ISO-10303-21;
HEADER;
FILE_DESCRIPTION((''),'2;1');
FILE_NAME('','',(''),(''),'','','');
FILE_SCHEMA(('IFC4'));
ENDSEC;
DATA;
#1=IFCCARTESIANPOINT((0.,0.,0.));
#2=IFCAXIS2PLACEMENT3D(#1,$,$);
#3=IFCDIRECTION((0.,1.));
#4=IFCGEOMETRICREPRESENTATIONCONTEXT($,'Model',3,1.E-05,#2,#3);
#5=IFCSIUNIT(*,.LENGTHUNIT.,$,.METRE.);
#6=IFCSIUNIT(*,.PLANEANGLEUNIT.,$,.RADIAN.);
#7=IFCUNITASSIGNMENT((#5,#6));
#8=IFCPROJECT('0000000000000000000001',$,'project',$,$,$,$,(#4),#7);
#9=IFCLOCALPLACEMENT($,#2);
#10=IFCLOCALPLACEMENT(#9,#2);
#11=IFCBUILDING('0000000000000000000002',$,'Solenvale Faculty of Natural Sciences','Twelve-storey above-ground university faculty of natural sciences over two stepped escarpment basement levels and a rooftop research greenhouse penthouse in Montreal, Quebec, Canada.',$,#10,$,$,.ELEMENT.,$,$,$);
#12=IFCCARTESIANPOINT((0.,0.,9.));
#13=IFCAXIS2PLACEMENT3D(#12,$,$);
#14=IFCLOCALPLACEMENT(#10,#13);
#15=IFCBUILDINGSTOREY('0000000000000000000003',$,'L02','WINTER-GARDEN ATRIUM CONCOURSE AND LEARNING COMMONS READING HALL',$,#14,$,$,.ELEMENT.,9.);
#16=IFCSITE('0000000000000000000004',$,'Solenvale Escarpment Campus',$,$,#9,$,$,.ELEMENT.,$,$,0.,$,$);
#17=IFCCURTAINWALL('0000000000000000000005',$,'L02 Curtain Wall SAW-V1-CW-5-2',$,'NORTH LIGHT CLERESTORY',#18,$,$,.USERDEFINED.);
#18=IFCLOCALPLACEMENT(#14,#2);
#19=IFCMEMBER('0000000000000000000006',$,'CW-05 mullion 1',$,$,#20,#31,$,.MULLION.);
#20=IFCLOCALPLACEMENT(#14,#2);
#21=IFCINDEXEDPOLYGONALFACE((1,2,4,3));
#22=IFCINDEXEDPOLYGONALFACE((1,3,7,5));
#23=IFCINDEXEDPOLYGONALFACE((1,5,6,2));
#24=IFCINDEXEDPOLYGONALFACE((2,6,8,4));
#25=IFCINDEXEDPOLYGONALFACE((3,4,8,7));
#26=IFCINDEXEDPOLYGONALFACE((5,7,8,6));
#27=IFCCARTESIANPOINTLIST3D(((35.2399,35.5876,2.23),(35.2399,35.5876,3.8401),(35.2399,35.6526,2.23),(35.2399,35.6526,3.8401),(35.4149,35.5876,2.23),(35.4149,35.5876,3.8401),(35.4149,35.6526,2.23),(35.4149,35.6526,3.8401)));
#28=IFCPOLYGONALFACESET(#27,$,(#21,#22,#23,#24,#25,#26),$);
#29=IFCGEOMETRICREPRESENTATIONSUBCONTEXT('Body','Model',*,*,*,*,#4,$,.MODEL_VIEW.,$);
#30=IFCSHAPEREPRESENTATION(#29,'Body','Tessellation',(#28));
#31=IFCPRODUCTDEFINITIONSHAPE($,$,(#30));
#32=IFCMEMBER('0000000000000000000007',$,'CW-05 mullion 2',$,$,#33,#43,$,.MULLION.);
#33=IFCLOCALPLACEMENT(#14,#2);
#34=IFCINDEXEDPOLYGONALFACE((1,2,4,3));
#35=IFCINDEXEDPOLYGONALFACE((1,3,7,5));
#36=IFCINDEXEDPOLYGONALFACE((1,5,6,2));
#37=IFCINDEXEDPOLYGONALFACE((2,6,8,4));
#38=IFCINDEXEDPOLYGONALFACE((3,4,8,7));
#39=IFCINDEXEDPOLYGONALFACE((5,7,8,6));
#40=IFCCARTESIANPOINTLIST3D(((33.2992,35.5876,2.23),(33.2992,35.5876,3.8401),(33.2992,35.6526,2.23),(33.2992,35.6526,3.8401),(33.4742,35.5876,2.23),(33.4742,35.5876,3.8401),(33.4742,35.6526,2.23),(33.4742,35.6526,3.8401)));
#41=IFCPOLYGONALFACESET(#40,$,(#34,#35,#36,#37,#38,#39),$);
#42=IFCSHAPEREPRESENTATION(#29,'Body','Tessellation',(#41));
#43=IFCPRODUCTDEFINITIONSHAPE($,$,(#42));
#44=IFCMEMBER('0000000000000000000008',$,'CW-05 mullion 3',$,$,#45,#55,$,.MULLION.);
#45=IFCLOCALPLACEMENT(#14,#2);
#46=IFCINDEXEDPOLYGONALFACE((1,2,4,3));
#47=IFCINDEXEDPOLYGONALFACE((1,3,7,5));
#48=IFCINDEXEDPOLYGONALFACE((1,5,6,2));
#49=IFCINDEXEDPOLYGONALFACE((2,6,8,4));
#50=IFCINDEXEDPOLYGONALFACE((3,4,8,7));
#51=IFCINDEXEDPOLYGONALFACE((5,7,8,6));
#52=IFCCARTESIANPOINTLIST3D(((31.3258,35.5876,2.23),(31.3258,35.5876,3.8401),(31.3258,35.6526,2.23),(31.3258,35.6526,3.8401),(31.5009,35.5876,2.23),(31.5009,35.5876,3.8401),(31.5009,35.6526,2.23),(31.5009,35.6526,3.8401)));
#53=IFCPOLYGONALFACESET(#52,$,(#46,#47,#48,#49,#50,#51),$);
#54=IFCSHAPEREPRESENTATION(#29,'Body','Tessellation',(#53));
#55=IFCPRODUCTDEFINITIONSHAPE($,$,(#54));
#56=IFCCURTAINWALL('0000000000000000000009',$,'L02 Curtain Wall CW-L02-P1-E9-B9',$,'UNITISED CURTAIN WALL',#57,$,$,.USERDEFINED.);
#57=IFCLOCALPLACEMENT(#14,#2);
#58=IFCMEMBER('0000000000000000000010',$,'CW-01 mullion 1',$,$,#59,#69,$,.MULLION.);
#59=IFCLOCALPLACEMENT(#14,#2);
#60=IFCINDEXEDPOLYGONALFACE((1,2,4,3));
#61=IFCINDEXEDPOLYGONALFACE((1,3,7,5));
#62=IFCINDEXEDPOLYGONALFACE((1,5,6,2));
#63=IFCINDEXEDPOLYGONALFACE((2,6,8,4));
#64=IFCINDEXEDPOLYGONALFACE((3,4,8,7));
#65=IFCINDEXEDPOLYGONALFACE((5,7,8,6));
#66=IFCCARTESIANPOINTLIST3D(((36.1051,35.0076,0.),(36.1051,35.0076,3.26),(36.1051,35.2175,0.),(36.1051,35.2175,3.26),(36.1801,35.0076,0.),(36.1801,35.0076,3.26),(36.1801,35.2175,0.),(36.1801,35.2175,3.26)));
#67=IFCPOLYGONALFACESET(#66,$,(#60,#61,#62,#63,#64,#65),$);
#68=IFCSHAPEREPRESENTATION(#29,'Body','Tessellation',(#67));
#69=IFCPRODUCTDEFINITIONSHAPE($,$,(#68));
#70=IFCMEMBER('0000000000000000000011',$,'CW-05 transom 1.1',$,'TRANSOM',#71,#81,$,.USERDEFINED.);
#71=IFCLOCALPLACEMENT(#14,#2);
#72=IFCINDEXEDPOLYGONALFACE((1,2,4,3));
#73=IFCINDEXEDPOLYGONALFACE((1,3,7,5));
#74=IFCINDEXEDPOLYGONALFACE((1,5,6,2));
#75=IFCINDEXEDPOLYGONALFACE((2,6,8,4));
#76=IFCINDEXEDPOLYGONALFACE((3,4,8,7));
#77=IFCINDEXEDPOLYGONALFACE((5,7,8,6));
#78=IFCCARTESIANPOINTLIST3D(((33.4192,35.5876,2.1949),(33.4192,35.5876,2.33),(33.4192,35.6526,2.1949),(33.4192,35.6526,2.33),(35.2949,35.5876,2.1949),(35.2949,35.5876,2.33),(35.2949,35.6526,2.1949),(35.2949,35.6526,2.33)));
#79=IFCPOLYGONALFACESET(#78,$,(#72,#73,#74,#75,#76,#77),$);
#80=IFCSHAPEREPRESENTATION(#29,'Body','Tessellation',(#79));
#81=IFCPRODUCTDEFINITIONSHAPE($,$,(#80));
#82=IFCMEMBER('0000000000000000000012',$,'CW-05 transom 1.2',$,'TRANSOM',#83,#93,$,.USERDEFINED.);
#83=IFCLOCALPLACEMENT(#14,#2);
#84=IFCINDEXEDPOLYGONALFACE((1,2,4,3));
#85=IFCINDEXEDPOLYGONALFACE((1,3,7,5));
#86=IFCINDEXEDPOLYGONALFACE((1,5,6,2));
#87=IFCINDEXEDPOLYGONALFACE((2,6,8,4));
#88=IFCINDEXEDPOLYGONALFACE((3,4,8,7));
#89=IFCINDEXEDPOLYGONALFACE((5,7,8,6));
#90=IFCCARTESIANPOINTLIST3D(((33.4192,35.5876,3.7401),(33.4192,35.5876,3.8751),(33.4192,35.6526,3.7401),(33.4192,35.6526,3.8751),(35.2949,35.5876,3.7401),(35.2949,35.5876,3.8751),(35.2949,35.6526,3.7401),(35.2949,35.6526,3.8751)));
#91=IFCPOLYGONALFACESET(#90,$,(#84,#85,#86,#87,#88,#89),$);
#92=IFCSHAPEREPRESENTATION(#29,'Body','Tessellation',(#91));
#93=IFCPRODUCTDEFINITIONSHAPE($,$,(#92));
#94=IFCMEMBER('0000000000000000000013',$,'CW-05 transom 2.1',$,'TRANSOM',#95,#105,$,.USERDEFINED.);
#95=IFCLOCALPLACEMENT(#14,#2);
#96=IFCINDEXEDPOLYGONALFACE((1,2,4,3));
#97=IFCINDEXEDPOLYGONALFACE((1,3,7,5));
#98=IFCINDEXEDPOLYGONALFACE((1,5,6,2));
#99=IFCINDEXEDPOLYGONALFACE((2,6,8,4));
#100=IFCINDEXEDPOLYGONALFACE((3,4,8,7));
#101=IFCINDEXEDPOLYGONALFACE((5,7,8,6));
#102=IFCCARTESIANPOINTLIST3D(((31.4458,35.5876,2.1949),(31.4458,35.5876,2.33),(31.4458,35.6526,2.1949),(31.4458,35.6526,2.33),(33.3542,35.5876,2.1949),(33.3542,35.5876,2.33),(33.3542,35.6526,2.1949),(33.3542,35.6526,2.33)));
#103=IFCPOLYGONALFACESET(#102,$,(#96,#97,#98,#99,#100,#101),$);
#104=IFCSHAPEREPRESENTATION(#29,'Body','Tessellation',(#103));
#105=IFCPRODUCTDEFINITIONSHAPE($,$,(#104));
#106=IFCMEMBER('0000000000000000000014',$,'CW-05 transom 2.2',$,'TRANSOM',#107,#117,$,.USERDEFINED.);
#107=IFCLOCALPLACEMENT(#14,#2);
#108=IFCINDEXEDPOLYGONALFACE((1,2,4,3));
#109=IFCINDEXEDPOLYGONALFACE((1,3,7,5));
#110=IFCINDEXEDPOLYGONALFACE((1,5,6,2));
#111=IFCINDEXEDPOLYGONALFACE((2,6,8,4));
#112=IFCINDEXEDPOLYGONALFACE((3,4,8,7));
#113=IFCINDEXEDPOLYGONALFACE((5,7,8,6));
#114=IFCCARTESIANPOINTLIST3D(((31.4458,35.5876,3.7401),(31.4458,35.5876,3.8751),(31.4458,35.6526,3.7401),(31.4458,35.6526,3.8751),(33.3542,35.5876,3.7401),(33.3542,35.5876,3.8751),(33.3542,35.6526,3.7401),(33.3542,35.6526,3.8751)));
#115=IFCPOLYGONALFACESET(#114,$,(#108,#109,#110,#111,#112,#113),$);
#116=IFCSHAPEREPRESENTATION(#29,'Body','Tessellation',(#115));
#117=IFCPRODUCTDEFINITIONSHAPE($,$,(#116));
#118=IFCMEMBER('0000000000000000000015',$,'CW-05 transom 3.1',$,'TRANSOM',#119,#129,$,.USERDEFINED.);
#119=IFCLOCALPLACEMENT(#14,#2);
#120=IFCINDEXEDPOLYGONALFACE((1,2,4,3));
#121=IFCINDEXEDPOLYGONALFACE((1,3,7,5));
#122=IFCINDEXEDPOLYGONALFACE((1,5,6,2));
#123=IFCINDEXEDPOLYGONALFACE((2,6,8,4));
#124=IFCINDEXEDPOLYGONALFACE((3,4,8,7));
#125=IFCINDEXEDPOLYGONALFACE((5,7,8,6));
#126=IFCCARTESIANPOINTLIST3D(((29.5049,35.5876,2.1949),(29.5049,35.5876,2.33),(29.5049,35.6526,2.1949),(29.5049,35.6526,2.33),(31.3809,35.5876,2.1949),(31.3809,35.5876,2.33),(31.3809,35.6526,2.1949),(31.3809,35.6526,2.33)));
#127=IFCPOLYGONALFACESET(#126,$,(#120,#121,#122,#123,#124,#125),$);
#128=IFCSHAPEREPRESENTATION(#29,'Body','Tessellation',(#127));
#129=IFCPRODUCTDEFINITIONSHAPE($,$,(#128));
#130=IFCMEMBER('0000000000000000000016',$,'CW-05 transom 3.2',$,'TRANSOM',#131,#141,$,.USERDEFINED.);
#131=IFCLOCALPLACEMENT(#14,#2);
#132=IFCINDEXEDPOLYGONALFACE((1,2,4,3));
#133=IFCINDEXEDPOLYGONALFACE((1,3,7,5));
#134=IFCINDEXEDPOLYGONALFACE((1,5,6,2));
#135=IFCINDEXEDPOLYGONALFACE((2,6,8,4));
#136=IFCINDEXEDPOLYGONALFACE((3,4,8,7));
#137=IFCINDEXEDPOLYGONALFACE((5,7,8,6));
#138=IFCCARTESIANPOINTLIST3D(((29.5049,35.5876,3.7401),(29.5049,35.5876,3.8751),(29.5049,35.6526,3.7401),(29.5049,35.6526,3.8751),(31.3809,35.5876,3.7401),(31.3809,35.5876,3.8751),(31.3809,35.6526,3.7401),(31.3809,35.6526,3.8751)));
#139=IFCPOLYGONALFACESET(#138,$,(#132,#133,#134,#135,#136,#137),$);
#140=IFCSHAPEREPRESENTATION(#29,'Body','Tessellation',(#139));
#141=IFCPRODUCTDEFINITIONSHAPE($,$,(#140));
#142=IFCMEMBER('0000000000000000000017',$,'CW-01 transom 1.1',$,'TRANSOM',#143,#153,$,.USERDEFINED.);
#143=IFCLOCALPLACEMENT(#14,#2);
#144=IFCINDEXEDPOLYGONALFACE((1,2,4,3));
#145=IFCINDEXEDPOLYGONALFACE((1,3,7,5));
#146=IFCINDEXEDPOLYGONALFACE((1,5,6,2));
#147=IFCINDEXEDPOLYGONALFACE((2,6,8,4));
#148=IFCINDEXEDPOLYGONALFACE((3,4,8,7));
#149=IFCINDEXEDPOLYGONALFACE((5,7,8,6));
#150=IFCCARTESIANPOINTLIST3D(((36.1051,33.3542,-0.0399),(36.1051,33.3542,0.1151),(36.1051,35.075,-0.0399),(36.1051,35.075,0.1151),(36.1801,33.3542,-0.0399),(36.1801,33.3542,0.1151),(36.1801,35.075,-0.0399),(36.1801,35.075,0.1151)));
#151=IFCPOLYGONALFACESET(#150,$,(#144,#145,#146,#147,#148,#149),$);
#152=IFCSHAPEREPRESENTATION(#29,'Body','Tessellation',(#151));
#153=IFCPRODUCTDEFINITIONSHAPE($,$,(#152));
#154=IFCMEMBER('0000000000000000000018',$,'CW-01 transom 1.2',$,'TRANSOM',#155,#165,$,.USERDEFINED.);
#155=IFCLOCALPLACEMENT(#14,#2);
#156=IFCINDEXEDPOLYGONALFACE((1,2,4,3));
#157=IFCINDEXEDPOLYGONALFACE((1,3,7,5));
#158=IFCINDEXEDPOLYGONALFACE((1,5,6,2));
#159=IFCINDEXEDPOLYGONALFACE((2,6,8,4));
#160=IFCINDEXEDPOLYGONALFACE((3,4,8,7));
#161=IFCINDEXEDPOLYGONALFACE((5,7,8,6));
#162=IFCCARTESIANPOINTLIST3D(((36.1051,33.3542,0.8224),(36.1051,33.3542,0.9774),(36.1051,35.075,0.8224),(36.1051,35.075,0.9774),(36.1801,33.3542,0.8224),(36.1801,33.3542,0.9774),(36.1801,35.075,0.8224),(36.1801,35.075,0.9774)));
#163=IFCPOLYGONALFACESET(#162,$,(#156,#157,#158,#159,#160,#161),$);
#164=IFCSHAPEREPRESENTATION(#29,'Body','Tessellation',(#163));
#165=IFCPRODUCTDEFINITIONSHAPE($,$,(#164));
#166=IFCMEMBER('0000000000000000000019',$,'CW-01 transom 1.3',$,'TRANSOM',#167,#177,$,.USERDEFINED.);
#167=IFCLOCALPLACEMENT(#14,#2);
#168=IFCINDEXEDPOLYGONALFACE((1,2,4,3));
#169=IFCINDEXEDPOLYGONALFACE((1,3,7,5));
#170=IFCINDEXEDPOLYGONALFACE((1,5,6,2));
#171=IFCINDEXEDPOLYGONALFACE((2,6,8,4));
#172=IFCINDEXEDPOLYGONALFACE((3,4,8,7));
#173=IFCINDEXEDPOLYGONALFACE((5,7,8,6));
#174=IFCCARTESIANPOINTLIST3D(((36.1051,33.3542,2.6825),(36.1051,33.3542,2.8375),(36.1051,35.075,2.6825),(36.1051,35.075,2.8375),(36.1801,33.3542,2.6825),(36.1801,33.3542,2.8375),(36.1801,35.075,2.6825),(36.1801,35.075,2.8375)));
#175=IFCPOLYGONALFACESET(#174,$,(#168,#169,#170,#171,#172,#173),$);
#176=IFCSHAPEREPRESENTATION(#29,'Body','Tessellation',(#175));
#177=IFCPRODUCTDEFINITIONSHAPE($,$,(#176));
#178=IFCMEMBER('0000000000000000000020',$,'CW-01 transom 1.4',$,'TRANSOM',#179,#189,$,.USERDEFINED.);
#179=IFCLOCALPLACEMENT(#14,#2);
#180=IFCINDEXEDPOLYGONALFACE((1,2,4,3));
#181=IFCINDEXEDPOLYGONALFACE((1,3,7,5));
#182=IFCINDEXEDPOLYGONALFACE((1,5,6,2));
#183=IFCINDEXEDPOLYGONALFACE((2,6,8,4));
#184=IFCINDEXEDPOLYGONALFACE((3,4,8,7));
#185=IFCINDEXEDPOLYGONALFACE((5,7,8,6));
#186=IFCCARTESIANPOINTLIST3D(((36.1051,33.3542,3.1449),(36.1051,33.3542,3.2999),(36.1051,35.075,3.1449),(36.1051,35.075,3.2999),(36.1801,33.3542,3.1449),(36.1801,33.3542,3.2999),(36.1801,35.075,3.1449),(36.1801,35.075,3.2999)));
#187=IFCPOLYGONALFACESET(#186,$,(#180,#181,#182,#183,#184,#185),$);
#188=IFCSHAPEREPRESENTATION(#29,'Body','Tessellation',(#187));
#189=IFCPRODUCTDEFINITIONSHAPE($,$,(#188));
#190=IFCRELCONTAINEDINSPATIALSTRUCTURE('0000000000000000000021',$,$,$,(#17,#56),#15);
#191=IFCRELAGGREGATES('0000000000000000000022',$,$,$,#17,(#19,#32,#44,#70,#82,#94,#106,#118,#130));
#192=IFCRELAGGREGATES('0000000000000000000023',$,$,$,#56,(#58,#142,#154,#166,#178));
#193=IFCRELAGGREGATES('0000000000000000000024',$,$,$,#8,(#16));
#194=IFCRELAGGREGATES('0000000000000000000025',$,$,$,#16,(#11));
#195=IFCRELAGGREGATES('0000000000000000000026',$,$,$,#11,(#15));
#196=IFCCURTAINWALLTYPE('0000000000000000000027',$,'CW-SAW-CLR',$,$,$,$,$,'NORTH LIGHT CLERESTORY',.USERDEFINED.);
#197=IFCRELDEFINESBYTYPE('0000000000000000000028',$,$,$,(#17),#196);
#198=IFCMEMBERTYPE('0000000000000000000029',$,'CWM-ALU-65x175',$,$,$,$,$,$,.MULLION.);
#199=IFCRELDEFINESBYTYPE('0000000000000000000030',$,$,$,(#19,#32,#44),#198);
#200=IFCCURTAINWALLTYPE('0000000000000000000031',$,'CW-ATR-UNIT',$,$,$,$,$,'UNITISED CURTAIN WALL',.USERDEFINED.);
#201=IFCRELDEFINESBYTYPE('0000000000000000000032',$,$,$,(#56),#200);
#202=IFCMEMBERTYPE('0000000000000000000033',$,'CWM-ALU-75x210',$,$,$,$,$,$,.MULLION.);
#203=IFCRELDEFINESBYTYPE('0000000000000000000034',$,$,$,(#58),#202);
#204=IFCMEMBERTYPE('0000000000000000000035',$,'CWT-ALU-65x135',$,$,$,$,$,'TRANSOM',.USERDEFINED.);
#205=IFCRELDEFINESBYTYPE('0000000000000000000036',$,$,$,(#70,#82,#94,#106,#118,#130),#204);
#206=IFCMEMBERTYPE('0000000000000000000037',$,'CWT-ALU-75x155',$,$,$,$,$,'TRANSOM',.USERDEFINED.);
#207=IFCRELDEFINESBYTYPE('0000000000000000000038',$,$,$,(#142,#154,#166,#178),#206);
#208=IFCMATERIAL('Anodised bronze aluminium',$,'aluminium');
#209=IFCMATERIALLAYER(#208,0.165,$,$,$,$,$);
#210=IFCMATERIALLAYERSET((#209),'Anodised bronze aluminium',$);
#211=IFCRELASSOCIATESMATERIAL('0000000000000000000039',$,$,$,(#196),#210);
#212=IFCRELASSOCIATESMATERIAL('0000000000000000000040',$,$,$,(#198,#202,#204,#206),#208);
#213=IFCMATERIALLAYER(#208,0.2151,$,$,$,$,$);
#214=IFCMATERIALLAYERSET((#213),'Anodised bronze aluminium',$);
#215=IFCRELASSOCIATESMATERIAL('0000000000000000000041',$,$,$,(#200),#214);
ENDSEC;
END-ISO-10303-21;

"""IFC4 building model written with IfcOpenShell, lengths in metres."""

from ifc_helpers import new_model, si_unit, direction, frame, origin, origin_2d, place, context, subcontext, project, spatial, rectangle, extrude, material, layer, layer_set, material_profile, profile_set, type_object, element, aggregate, save


model = new_model("IFC4")

# Units and contexts
model_context = context("Model", 3, precision=1e-05, world=origin(), true_north=direction((0.0, 1.0)))
body_context = subcontext(model_context, "Body", "Model", "MODEL_VIEW")
ifc_project = project(units=[si_unit("LENGTHUNIT", "METRE"), si_unit("PLANEANGLEUNIT", "RADIAN")], contexts=[model_context])

# Site, building, storey
site_placement = place(None, origin())
site = spatial("IfcSite", under=ifc_project, at=site_placement, Name="Solenvale Escarpment Campus", CompositionType="ELEMENT", RefElevation=0.0)
building_placement = place(site_placement, origin())
building = spatial("IfcBuilding", under=site, at=building_placement, Name="Solenvale Faculty of Natural Sciences", Description="Twelve-storey above-ground university faculty of natural sciences over two stepped escarpment basement levels and a rooftop research greenhouse penthouse in Montreal, Quebec, Canada.", CompositionType="ELEMENT")
storey_placement = place(building_placement, frame((0.0, 0.0, 9.0)))
storey = spatial("IfcBuildingStorey", under=building, at=storey_placement, Name="L02", Description="WINTER-GARDEN ATRIUM CONCOURSE AND LEARNING COMMONS READING HALL", CompositionType="ELEMENT", Elevation=9.0)

# Curtain wall, members
ifc_material_1 = material(Name="Anodised bronze aluminium", Category="aluminium")
ifc_layer_1 = layer(ifc_material_1, 0.165)
ifc_layer_set_1 = layer_set([ifc_layer_1], Name="Anodised bronze aluminium")
curtain_wall_type_1 = type_object("IfcCurtainWallType", Name="CW-SAW-CLR", ElementType="NORTH LIGHT CLERESTORY", PredefinedType="USERDEFINED", material=ifc_layer_set_1)
curtain_wall_1_placement = place(storey_placement, origin())
curtain_wall_1 = element("IfcCurtainWall", 1, at=curtain_wall_1_placement, inside=storey, type_object=curtain_wall_type_1, Name="L02 Curtain Wall SAW-V1-CW-5-2", ObjectType="NORTH LIGHT CLERESTORY", PredefinedType="USERDEFINED")
ifc_material_profile_1 = material_profile(ifc_material_1, rectangle(XDim=0.0649, YDim=0.175, at=origin_2d()), Name="ALU-MUL-65x175")
ifc_profile_set_1 = profile_set([ifc_material_profile_1], Name="Anodised bronze aluminium")
member_type_1 = type_object("IfcMemberType", Name="CWM-ALU-65x175", PredefinedType="MULLION", material=ifc_profile_set_1)
member_1_placement = place(storey_placement, frame((35.3274, 35.6201, 2.23), z_axis=(0.0, 0.0, 1.0), x_axis=(0.0, -1.0, 0.0)))
member_1 = element("IfcMember", 2, at=member_1_placement, type_object=member_type_1, Name="CW-05 mullion 1", PredefinedType="MULLION", context=body_context, shape_type="SweptSolid", body=[
    extrude(rectangle(XDim=0.0649, YDim=0.175, at=origin_2d()), origin(), (0.0, 0.0, 1.0), 1.6101),
])
member_2_placement = place(storey_placement, frame((33.3867, 35.6201, 2.23), z_axis=(0.0, 0.0, 1.0), x_axis=(0.0, -1.0, 0.0)))
member_2 = element("IfcMember", 3, at=member_2_placement, type_object=member_type_1, Name="CW-05 mullion 2", PredefinedType="MULLION", context=body_context, shape_type="SweptSolid", body=[
    extrude(rectangle(XDim=0.0649, YDim=0.175, at=origin_2d()), origin(), (0.0, 0.0, 1.0), 1.6101),
])
member_3_placement = place(storey_placement, frame((31.4133, 35.6201, 2.23), z_axis=(0.0, 0.0, 1.0), x_axis=(0.0, -1.0, 0.0)))
member_3 = element("IfcMember", 4, at=member_3_placement, type_object=member_type_1, Name="CW-05 mullion 3", PredefinedType="MULLION", context=body_context, shape_type="SweptSolid", body=[
    extrude(rectangle(XDim=0.0649, YDim=0.175, at=origin_2d()), origin(), (0.0, 0.0, 1.0), 1.6101),
])

# Curtain wall, member
ifc_layer_2 = layer(ifc_material_1, 0.2151)
ifc_layer_set_2 = layer_set([ifc_layer_2], Name="Anodised bronze aluminium")
curtain_wall_type_2 = type_object("IfcCurtainWallType", Name="CW-ATR-UNIT", ElementType="UNITISED CURTAIN WALL", PredefinedType="USERDEFINED", material=ifc_layer_set_2)
curtain_wall_2_placement = place(storey_placement, origin())
curtain_wall_2 = element("IfcCurtainWall", 5, at=curtain_wall_2_placement, inside=storey, type_object=curtain_wall_type_2, Name="L02 Curtain Wall CW-L02-P1-E9-B9", ObjectType="UNITISED CURTAIN WALL", PredefinedType="USERDEFINED")
ifc_material_profile_2 = material_profile(ifc_material_1, rectangle(XDim=0.075, YDim=0.21, at=origin_2d()), Name="ALU-MUL-75x210")
ifc_profile_set_2 = profile_set([ifc_material_profile_2], Name="Anodised bronze aluminium")
member_type_2 = type_object("IfcMemberType", Name="CWM-ALU-75x210", PredefinedType="MULLION", material=ifc_profile_set_2)
member_4_placement = place(storey_placement, frame((36.1426, 35.1125, 0.0), z_axis=(0.0, 0.0, 1.0), x_axis=(1.0, 0.0, 0.0)))
member_4 = element("IfcMember", 6, at=member_4_placement, type_object=member_type_2, Name="CW-01 mullion 1", PredefinedType="MULLION", context=body_context, shape_type="SweptSolid", body=[
    extrude(rectangle(XDim=0.075, YDim=0.21, at=origin_2d()), origin(), (0.0, 0.0, 1.0), 3.26),
])

# Members
ifc_material_profile_3 = material_profile(ifc_material_1, rectangle(XDim=0.0649, YDim=0.135, at=origin_2d()), Name="ALU-TRN-65x135")
ifc_profile_set_3 = profile_set([ifc_material_profile_3], Name="Anodised bronze aluminium")
member_type_3 = type_object("IfcMemberType", Name="CWT-ALU-65x135", ElementType="TRANSOM", PredefinedType="USERDEFINED", material=ifc_profile_set_3)
member_5_placement = place(storey_placement, frame((35.2949, 35.6201, 2.2625), z_axis=(-1.0, 0.0, 0.0), x_axis=(0.0, -1.0, 0.0)))
member_5 = element("IfcMember", 7, at=member_5_placement, type_object=member_type_3, Name="CW-05 transom 1.1", ObjectType="TRANSOM", PredefinedType="USERDEFINED", context=body_context, shape_type="SweptSolid", body=[
    extrude(rectangle(XDim=0.0649, YDim=0.135, at=origin_2d()), origin(), (0.0, 0.0, 1.0), 1.8757),
])
member_6_placement = place(storey_placement, frame((35.2949, 35.6201, 3.8076), z_axis=(-1.0, 0.0, 0.0), x_axis=(0.0, -1.0, 0.0)))
member_6 = element("IfcMember", 8, at=member_6_placement, type_object=member_type_3, Name="CW-05 transom 1.2", ObjectType="TRANSOM", PredefinedType="USERDEFINED", context=body_context, shape_type="SweptSolid", body=[
    extrude(rectangle(XDim=0.0649, YDim=0.135, at=origin_2d()), origin(), (0.0, 0.0, 1.0), 1.8757),
])
member_7_placement = place(storey_placement, frame((33.3542, 35.6201, 2.2625), z_axis=(-1.0, 0.0, 0.0), x_axis=(0.0, -1.0, 0.0)))
member_7 = element("IfcMember", 9, at=member_7_placement, type_object=member_type_3, Name="CW-05 transom 2.1", ObjectType="TRANSOM", PredefinedType="USERDEFINED", context=body_context, shape_type="SweptSolid", body=[
    extrude(rectangle(XDim=0.0649, YDim=0.135, at=origin_2d()), origin(), (0.0, 0.0, 1.0), 1.9084),
])
member_8_placement = place(storey_placement, frame((33.3542, 35.6201, 3.8076), z_axis=(-1.0, 0.0, 0.0), x_axis=(0.0, -1.0, 0.0)))
member_8 = element("IfcMember", 10, at=member_8_placement, type_object=member_type_3, Name="CW-05 transom 2.2", ObjectType="TRANSOM", PredefinedType="USERDEFINED", context=body_context, shape_type="SweptSolid", body=[
    extrude(rectangle(XDim=0.0649, YDim=0.135, at=origin_2d()), origin(), (0.0, 0.0, 1.0), 1.9084),
])
member_9_placement = place(storey_placement, frame((31.3809, 35.6201, 2.2625), z_axis=(-1.0, 0.0, 0.0), x_axis=(0.0, -1.0, 0.0)))
member_9 = element("IfcMember", 11, at=member_9_placement, type_object=member_type_3, Name="CW-05 transom 3.1", ObjectType="TRANSOM", PredefinedType="USERDEFINED", context=body_context, shape_type="SweptSolid", body=[
    extrude(rectangle(XDim=0.0649, YDim=0.135, at=origin_2d()), origin(), (0.0, 0.0, 1.0), 1.876),
])
member_10_placement = place(storey_placement, frame((31.3809, 35.6201, 3.8076), z_axis=(-1.0, 0.0, 0.0), x_axis=(0.0, -1.0, 0.0)))
member_10 = element("IfcMember", 12, at=member_10_placement, type_object=member_type_3, Name="CW-05 transom 3.2", ObjectType="TRANSOM", PredefinedType="USERDEFINED", context=body_context, shape_type="SweptSolid", body=[
    extrude(rectangle(XDim=0.0649, YDim=0.135, at=origin_2d()), origin(), (0.0, 0.0, 1.0), 1.876),
])
ifc_material_profile_4 = material_profile(ifc_material_1, rectangle(XDim=0.075, YDim=0.155, at=origin_2d()), Name="ALU-TRN-75x155")
ifc_profile_set_4 = profile_set([ifc_material_profile_4], Name="Anodised bronze aluminium")
member_type_4 = type_object("IfcMemberType", Name="CWT-ALU-75x155", ElementType="TRANSOM", PredefinedType="USERDEFINED", material=ifc_profile_set_4)
member_11_placement = place(storey_placement, frame((36.1426, 35.075, 0.0376), z_axis=(0.0, -1.0, 0.0), x_axis=(1.0, 0.0, 0.0)))
member_11 = element("IfcMember", 13, at=member_11_placement, type_object=member_type_4, Name="CW-01 transom 1.1", ObjectType="TRANSOM", PredefinedType="USERDEFINED", context=body_context, shape_type="SweptSolid", body=[
    extrude(rectangle(XDim=0.075, YDim=0.155, at=origin_2d()), origin(), (0.0, 0.0, 1.0), 1.7207),
])
member_12_placement = place(storey_placement, frame((36.1426, 35.075, 0.8999), z_axis=(0.0, -1.0, 0.0), x_axis=(1.0, 0.0, 0.0)))
member_12 = element("IfcMember", 14, at=member_12_placement, type_object=member_type_4, Name="CW-01 transom 1.2", ObjectType="TRANSOM", PredefinedType="USERDEFINED", context=body_context, shape_type="SweptSolid", body=[
    extrude(rectangle(XDim=0.075, YDim=0.155, at=origin_2d()), origin(), (0.0, 0.0, 1.0), 1.7207),
])
member_13_placement = place(storey_placement, frame((36.1426, 35.075, 2.76), z_axis=(0.0, -1.0, 0.0), x_axis=(1.0, 0.0, 0.0)))
member_13 = element("IfcMember", 15, at=member_13_placement, type_object=member_type_4, Name="CW-01 transom 1.3", ObjectType="TRANSOM", PredefinedType="USERDEFINED", context=body_context, shape_type="SweptSolid", body=[
    extrude(rectangle(XDim=0.075, YDim=0.155, at=origin_2d()), origin(), (0.0, 0.0, 1.0), 1.7207),
])
member_14_placement = place(storey_placement, frame((36.1426, 35.075, 3.2224), z_axis=(0.0, -1.0, 0.0), x_axis=(1.0, 0.0, 0.0)))
member_14 = element("IfcMember", 16, at=member_14_placement, type_object=member_type_4, Name="CW-01 transom 1.4", ObjectType="TRANSOM", PredefinedType="USERDEFINED", context=body_context, shape_type="SweptSolid", body=[
    extrude(rectangle(XDim=0.075, YDim=0.155, at=origin_2d()), origin(), (0.0, 0.0, 1.0), 1.7207),
])

aggregate(curtain_wall_1, [member_1, member_2, member_3, member_5, member_6, member_7, member_8, member_9, member_10])
aggregate(curtain_wall_2, [member_4, member_11, member_12, member_13, member_14])

save(model, "model.ifc")
